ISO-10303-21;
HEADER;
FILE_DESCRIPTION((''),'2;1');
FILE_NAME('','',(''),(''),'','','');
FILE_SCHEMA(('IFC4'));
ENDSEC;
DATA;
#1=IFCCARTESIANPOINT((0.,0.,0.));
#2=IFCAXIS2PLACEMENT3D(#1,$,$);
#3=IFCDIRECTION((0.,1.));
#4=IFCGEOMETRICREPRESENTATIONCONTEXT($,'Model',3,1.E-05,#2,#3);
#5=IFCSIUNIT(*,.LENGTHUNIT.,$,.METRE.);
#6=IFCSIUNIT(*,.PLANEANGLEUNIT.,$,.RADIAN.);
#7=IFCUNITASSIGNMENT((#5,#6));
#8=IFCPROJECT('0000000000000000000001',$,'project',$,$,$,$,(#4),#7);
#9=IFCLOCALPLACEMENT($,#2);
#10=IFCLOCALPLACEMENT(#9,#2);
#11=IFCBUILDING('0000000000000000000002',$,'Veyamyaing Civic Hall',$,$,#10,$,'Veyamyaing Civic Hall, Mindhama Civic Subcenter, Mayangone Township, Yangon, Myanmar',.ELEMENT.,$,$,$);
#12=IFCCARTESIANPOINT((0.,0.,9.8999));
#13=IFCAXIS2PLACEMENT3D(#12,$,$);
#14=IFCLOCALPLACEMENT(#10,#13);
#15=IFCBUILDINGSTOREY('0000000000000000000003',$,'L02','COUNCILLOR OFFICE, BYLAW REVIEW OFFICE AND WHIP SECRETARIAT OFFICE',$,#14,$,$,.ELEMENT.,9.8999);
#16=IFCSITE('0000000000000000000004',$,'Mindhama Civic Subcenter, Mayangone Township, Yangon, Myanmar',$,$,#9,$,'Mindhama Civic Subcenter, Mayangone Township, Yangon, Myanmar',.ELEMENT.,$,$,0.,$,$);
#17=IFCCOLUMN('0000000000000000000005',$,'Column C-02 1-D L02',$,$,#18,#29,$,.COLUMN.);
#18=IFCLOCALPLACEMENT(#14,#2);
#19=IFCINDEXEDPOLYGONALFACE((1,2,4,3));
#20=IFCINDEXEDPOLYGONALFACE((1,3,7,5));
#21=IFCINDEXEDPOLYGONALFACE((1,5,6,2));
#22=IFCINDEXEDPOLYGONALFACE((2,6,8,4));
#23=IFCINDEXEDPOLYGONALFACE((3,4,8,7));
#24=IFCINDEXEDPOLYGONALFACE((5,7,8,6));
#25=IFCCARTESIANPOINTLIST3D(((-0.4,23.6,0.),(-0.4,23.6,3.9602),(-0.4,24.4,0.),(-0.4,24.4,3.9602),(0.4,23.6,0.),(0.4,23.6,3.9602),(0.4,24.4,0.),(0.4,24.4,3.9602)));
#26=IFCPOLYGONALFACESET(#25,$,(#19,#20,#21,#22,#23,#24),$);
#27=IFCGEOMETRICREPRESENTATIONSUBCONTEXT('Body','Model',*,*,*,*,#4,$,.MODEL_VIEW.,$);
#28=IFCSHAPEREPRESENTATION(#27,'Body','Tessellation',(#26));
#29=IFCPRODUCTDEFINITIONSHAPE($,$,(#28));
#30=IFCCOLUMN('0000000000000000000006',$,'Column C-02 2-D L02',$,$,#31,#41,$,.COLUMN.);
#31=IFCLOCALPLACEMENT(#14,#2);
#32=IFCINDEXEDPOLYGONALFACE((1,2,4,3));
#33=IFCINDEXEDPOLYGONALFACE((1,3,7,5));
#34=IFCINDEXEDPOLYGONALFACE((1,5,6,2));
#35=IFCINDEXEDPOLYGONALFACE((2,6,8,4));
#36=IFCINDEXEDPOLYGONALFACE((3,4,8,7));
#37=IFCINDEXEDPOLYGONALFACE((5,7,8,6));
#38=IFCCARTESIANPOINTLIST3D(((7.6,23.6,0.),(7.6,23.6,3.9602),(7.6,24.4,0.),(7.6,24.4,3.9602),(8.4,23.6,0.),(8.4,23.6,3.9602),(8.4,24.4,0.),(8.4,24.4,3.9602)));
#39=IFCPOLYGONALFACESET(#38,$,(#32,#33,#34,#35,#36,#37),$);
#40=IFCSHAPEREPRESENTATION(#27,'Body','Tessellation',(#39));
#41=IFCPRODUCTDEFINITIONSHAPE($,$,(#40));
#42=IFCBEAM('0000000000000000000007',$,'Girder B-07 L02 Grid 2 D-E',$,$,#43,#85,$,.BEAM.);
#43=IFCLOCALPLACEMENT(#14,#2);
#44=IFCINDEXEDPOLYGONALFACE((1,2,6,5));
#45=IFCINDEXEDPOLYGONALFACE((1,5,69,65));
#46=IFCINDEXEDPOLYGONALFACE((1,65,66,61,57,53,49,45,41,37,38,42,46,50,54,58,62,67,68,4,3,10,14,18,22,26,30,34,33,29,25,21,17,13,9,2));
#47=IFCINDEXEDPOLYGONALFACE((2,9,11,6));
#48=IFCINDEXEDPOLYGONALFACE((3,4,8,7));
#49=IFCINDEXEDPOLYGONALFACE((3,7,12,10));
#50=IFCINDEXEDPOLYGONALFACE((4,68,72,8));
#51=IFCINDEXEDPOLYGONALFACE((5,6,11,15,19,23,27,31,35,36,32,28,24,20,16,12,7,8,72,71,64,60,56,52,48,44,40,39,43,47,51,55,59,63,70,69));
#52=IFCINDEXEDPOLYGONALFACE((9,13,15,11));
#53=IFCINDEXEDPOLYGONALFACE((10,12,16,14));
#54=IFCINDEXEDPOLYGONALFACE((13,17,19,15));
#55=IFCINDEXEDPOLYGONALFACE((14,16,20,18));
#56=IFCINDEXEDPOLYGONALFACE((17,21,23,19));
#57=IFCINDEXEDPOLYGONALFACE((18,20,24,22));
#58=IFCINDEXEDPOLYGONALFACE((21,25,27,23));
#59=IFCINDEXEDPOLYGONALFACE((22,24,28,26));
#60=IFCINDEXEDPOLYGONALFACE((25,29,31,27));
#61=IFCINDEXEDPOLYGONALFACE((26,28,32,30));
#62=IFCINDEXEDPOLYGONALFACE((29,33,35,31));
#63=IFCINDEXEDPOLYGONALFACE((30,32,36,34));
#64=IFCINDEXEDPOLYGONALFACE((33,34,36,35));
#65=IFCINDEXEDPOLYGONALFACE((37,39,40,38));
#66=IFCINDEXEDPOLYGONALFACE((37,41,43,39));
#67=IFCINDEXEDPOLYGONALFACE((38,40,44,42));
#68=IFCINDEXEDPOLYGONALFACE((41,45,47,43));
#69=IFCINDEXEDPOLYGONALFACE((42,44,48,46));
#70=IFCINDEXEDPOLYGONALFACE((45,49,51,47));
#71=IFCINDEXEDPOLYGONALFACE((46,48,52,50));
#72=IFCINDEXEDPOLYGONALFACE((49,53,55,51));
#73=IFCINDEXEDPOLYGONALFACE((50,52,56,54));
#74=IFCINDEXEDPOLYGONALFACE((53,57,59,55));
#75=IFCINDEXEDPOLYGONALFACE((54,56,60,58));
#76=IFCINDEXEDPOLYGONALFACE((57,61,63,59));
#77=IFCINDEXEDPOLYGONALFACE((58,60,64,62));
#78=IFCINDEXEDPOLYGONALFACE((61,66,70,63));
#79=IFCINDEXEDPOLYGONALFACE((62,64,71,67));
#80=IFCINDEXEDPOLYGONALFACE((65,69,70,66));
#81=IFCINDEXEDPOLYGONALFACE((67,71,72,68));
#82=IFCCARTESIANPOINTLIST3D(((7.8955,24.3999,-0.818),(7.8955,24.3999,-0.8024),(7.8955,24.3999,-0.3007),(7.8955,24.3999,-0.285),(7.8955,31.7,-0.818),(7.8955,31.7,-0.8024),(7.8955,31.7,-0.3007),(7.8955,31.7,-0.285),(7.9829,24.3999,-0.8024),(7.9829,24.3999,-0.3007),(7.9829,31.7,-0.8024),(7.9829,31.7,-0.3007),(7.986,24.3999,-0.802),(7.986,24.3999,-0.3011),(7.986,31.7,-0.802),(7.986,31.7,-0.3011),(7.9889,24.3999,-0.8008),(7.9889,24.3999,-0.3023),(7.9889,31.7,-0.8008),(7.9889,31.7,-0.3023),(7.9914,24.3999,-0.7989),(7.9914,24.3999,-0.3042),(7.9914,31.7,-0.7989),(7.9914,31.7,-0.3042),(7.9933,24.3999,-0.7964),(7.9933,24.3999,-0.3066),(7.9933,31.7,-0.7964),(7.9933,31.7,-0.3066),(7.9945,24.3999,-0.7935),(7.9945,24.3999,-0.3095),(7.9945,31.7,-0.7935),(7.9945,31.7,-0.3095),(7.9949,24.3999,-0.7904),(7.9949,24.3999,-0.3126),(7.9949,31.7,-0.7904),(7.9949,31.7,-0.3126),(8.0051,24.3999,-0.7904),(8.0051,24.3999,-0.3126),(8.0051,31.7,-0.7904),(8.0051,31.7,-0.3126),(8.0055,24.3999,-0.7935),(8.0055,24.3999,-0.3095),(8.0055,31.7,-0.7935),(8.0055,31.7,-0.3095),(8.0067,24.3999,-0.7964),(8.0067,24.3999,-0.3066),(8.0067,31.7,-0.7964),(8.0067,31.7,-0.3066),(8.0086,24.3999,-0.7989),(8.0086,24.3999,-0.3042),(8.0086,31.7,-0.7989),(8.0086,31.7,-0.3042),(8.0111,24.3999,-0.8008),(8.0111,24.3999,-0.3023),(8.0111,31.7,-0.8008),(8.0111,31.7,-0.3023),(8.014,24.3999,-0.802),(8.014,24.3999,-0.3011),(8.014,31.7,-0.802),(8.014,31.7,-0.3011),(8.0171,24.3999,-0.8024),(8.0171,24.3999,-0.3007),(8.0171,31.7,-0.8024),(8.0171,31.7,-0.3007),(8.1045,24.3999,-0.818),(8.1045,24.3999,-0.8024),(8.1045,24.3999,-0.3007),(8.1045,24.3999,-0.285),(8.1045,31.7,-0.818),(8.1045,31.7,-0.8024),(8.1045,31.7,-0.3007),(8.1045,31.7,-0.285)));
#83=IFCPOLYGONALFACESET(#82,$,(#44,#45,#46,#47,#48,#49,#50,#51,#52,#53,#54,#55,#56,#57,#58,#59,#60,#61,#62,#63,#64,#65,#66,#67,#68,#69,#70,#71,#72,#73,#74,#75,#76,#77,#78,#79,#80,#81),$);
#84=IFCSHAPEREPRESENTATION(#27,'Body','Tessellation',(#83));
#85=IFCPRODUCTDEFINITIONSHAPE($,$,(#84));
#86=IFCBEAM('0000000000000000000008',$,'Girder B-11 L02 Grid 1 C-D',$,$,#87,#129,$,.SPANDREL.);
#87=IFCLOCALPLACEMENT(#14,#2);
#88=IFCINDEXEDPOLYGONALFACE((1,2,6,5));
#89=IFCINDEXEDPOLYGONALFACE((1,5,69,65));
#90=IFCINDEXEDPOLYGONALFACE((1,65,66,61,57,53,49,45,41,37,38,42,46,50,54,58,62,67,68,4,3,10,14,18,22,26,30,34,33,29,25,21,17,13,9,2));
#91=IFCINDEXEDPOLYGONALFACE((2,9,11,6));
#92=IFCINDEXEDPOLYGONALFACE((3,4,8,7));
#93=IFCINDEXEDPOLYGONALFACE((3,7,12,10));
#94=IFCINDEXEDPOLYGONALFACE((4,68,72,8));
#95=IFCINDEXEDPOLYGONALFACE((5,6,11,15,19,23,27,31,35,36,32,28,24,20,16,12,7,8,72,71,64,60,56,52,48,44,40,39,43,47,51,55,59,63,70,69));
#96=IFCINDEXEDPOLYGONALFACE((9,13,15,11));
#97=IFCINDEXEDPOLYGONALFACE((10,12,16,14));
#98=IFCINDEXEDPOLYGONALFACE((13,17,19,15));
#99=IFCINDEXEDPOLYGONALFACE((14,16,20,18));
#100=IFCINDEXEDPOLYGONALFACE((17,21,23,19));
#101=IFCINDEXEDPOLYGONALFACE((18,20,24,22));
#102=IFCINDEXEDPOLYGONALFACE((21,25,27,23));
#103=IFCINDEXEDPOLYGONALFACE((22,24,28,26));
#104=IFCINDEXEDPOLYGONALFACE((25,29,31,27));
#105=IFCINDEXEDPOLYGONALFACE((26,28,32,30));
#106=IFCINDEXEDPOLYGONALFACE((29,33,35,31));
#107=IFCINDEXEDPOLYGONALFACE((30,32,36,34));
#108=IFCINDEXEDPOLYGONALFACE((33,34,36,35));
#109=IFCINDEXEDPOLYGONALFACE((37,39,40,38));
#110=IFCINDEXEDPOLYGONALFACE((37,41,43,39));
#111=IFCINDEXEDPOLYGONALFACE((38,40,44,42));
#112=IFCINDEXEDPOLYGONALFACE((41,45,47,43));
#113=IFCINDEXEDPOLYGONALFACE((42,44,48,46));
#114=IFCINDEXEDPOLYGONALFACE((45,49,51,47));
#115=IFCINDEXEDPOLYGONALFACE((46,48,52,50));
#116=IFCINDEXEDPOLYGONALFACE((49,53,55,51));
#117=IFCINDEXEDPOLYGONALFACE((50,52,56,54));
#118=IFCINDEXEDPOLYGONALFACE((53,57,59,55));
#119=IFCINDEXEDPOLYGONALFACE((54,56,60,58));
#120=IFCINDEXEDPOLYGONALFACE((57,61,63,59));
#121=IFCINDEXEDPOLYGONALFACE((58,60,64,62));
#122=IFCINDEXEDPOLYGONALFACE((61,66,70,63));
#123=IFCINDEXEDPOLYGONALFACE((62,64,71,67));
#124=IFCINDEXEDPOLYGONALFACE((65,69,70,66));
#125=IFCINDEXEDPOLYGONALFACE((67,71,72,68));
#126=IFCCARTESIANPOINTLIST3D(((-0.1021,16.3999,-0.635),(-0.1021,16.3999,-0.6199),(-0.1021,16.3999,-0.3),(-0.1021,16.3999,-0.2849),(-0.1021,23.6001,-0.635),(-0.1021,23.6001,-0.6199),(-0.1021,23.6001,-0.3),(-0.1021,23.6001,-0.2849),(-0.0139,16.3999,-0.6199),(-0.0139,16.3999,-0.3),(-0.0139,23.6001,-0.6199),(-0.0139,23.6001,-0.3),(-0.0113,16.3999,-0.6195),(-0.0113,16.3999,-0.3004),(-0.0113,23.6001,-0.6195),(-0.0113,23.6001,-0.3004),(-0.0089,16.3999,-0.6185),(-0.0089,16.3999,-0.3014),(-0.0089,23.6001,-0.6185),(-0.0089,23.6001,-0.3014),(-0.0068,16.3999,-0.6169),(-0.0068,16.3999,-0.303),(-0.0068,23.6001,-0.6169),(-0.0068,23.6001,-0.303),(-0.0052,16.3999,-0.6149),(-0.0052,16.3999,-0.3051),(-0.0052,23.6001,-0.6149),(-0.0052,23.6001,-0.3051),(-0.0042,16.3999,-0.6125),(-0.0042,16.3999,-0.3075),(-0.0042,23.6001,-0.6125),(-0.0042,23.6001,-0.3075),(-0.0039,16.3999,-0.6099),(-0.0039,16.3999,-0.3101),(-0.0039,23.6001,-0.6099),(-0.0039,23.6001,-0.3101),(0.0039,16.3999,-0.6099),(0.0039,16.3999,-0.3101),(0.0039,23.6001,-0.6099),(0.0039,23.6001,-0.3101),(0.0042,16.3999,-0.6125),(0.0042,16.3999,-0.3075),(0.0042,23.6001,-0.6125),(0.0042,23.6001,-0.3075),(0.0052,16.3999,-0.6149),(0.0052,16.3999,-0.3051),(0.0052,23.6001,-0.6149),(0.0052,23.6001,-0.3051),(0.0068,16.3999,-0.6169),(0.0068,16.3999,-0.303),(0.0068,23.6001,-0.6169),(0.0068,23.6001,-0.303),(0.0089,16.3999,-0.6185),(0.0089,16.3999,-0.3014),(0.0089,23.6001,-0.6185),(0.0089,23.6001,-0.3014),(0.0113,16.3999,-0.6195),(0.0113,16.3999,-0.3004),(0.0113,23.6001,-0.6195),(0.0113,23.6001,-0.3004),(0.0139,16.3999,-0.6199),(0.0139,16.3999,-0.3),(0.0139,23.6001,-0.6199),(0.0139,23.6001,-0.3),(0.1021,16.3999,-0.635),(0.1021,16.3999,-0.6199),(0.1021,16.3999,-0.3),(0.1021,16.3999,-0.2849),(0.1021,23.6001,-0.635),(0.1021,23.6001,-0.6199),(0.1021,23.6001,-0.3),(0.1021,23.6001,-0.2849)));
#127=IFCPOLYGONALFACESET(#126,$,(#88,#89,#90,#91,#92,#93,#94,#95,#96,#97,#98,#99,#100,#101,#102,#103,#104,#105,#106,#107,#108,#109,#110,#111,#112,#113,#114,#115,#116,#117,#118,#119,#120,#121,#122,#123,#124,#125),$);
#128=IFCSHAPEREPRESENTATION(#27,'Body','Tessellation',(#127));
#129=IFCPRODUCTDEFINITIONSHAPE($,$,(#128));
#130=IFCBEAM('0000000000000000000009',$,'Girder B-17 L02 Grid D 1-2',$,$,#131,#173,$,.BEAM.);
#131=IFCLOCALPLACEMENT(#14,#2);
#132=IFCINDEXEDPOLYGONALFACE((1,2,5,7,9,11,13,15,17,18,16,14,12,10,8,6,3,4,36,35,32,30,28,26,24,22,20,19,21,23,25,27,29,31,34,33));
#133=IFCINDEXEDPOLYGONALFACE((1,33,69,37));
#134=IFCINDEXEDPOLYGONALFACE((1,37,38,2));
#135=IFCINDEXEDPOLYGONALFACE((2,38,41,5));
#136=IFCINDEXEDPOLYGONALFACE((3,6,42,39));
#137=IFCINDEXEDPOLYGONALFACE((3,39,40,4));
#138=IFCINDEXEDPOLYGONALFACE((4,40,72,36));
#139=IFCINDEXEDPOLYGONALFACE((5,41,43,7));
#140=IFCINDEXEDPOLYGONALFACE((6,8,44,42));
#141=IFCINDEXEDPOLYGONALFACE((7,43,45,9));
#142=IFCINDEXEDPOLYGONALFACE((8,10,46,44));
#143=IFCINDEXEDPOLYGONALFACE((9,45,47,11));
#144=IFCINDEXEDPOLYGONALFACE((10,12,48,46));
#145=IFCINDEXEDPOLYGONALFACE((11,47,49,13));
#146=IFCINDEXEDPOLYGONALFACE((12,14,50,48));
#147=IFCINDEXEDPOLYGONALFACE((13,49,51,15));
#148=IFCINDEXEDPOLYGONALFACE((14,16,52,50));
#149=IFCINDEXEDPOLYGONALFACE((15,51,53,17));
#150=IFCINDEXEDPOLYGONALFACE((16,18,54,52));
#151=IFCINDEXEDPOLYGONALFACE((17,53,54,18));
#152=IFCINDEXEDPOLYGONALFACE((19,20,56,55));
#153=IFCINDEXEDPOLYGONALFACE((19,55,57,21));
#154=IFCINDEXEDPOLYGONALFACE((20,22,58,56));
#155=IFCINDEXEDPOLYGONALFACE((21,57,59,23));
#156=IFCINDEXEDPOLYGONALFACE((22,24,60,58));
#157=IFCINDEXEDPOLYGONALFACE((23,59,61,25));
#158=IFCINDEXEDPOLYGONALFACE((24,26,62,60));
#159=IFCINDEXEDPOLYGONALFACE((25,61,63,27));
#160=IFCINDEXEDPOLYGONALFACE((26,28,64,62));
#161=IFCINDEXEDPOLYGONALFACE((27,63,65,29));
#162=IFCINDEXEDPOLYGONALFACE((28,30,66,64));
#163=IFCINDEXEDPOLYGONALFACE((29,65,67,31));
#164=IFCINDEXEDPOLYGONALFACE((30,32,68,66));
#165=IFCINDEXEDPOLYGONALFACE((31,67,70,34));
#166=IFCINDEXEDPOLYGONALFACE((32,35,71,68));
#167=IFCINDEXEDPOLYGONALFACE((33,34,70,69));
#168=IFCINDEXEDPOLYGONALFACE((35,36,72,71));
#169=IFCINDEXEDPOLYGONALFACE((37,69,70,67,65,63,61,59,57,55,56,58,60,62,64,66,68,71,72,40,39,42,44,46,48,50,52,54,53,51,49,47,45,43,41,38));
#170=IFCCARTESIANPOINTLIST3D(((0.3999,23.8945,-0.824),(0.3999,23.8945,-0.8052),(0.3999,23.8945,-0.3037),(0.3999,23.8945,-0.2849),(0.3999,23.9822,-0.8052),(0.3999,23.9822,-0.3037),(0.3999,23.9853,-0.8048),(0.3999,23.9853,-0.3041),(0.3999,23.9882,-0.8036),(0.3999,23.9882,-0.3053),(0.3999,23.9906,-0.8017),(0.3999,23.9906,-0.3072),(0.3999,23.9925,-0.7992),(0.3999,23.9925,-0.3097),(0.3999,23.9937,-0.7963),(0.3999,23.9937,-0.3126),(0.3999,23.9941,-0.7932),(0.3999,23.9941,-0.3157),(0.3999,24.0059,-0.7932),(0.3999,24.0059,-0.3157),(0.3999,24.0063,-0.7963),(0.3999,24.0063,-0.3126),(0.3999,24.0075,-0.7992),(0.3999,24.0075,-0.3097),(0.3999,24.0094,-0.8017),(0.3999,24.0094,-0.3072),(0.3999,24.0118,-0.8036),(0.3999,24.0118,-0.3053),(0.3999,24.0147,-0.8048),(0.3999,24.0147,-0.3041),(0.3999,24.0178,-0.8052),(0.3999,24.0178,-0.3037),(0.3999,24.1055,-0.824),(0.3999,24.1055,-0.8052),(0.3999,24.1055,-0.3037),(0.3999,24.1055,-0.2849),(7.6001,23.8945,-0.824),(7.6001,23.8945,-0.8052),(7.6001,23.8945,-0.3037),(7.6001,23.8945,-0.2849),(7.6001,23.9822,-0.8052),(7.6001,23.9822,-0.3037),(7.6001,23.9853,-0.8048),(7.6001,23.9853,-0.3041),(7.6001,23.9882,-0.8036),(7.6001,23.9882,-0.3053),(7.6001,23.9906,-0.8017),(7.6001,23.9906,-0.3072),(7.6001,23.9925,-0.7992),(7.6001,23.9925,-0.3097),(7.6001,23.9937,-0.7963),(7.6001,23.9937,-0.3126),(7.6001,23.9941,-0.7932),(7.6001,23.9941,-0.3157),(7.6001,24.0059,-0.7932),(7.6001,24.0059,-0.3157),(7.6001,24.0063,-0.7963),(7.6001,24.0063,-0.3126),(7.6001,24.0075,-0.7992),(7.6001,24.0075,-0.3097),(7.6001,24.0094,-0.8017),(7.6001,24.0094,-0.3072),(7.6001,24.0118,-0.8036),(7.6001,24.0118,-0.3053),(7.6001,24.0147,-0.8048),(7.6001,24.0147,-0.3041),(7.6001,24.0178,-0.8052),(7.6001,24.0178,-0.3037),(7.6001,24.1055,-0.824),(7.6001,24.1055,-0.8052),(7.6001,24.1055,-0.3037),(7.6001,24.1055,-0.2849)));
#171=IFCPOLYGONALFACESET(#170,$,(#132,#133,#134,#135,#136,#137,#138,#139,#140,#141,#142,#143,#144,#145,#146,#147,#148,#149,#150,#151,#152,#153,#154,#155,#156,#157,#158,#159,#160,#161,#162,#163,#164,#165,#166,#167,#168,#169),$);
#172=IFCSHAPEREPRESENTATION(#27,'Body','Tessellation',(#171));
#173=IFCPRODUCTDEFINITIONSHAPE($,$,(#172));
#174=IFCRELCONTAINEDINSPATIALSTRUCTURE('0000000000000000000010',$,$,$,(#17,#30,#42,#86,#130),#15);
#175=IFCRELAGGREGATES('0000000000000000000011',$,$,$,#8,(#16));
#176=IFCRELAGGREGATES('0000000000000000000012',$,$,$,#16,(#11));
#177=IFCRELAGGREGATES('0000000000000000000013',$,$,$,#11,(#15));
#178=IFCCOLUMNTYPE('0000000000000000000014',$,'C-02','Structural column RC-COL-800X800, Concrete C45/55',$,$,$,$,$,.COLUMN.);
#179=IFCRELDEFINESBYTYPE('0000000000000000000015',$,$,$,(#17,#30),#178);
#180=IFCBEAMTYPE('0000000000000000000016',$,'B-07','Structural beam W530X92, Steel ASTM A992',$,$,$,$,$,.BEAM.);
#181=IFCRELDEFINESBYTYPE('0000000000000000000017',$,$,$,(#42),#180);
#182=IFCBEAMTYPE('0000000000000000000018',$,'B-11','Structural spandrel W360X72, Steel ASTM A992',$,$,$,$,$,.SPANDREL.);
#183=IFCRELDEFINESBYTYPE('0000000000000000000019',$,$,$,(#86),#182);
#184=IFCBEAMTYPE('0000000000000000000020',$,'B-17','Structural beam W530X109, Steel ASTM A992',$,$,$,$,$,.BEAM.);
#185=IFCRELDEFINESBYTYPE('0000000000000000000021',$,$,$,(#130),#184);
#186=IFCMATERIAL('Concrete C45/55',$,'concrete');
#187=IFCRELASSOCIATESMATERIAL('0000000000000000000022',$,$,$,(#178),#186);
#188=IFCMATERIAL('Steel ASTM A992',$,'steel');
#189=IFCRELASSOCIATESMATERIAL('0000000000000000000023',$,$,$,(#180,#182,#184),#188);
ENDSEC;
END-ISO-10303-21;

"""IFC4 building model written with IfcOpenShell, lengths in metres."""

from ifc_helpers import new_model, si_unit, direction, frame, origin, origin_2d, place, context, subcontext, project, spatial, rectangle, i_section, extrude, material, material_profile, profile_set, type_object, element, save


model = new_model("IFC4")

# Units and contexts
model_context = context("Model", 3, precision=1e-05, world=origin(), true_north=direction((0.0, 1.0)))
body_context = subcontext(model_context, "Body", "Model", "MODEL_VIEW")
ifc_project = project(units=[si_unit("LENGTHUNIT", "METRE"), si_unit("PLANEANGLEUNIT", "RADIAN")], contexts=[model_context])

# Site, building, storey
site_placement = place(None, origin())
site = spatial("IfcSite", under=ifc_project, at=site_placement, Name="Mindhama Civic Subcenter, Mayangone Township, Yangon, Myanmar", LongName="Mindhama Civic Subcenter, Mayangone Township, Yangon, Myanmar", CompositionType="ELEMENT", RefElevation=0.0)
building_placement = place(site_placement, origin())
building = spatial("IfcBuilding", under=site, at=building_placement, Name="Veyamyaing Civic Hall", LongName="Veyamyaing Civic Hall, Mindhama Civic Subcenter, Mayangone Township, Yangon, Myanmar", CompositionType="ELEMENT")
storey_placement = place(building_placement, frame((0.0, 0.0, 9.8999)))
storey = spatial("IfcBuildingStorey", under=building, at=storey_placement, Name="L02", Description="COUNCILLOR OFFICE, BYLAW REVIEW OFFICE AND WHIP SECRETARIAT OFFICE", CompositionType="ELEMENT", Elevation=9.8999)

# Columns
ifc_material_1 = material(Name="Concrete C45/55", Category="concrete")
ifc_material_profile_1 = material_profile(ifc_material_1, rectangle(XDim=0.8, YDim=0.8, at=origin_2d()), Name="RC-COL-800X800")
ifc_profile_set_1 = profile_set([ifc_material_profile_1], Name="Concrete C45/55")
column_type = type_object("IfcColumnType", Name="C-02", Description="Structural column RC-COL-800X800, Concrete C45/55", PredefinedType="COLUMN", material=ifc_profile_set_1)
for number, where, z_axis, x_axis, name in (
    (1, (0.0, 24.0, 0.0), (0.0, 0.0, 1.0), (1.0, 0.0, 0.0), "Column C-02 1-D L02"),
    (2, (8.0, 24.0, 0.0), (0.0, 0.0, 1.0), (1.0, 0.0, 0.0), "Column C-02 2-D L02"),
):
    element("IfcColumn", number, at=place(storey_placement, frame(where, z_axis=z_axis, x_axis=x_axis)), inside=storey, type_object=column_type, Name=name, PredefinedType="COLUMN", context=body_context, shape_type="SweptSolid", body=[
        extrude(rectangle(XDim=0.8, YDim=0.8, at=origin_2d()), origin(), (0.0, 0.0, 1.0), 3.9602),
    ])

# Beams
ifc_material_2 = material(Name="Steel ASTM A992", Category="steel")
ifc_material_profile_2 = material_profile(ifc_material_2, i_section(OverallWidth=0.209, OverallDepth=0.533, WebThickness=0.0103, FlangeThickness=0.0156, FilletRadius=0.012, at=origin_2d()), Name="W530X92")
ifc_profile_set_2 = profile_set([ifc_material_profile_2], Name="Steel ASTM A992")
beam_type_1 = type_object("IfcBeamType", Name="B-07", Description="Structural beam W530X92, Steel ASTM A992", PredefinedType="BEAM", material=ifc_profile_set_2)
beam_1_placement = place(storey_placement, frame((8.0, 24.3999, -0.5515), z_axis=(0.0, 1.0, 0.0), x_axis=(-1.0, 0.0, 0.0)))
element("IfcBeam", 3, at=beam_1_placement, inside=storey, type_object=beam_type_1, Name="Girder B-07 L02 Grid 2 D-E", PredefinedType="BEAM", context=body_context, shape_type="SweptSolid", body=[
    extrude(i_section(OverallWidth=0.209, OverallDepth=0.533, WebThickness=0.0103, FlangeThickness=0.0156, FilletRadius=0.012, at=origin_2d()), origin(), (0.0, 0.0, 1.0), 7.3),
])
ifc_material_profile_3 = material_profile(ifc_material_2, i_section(OverallWidth=0.2041, OverallDepth=0.3501, WebThickness=0.0078, FlangeThickness=0.0151, FilletRadius=0.01, at=origin_2d()), Name="W360X72")
ifc_profile_set_3 = profile_set([ifc_material_profile_3], Name="Steel ASTM A992")
beam_type_2 = type_object("IfcBeamType", Name="B-11", Description="Structural spandrel W360X72, Steel ASTM A992", PredefinedType="SPANDREL", material=ifc_profile_set_3)
beam_2_placement = place(storey_placement, frame((0.0, 16.3999, -0.46), z_axis=(0.0, 1.0, 0.0), x_axis=(-1.0, 0.0, 0.0)))
element("IfcBeam", 4, at=beam_2_placement, inside=storey, type_object=beam_type_2, Name="Girder B-11 L02 Grid 1 C-D", PredefinedType="SPANDREL", context=body_context, shape_type="SweptSolid", body=[
    extrude(i_section(OverallWidth=0.2041, OverallDepth=0.3501, WebThickness=0.0078, FlangeThickness=0.0151, FilletRadius=0.01, at=origin_2d()), origin(), (0.0, 0.0, 1.0), 7.2002),
])
ifc_material_profile_4 = material_profile(ifc_material_2, i_section(OverallWidth=0.2109, OverallDepth=0.5391, WebThickness=0.0117, FlangeThickness=0.0188, FilletRadius=0.012, at=origin_2d()), Name="W530X109")
ifc_profile_set_4 = profile_set([ifc_material_profile_4], Name="Steel ASTM A992")
beam_type_3 = type_object("IfcBeamType", Name="B-17", Description="Structural beam W530X109, Steel ASTM A992", PredefinedType="BEAM", material=ifc_profile_set_4)
beam_3_placement = place(storey_placement, frame((0.3999, 24.0, -0.5544), z_axis=(1.0, 0.0, 0.0), x_axis=(0.0, 1.0, 0.0)))
element("IfcBeam", 5, at=beam_3_placement, inside=storey, type_object=beam_type_3, Name="Girder B-17 L02 Grid D 1-2", PredefinedType="BEAM", context=body_context, shape_type="SweptSolid", body=[
    extrude(i_section(OverallWidth=0.2109, OverallDepth=0.5391, WebThickness=0.0117, FlangeThickness=0.0188, FilletRadius=0.012, at=origin_2d()), origin(), (0.0, 0.0, 1.0), 7.2002),
])

save(model, "model.ifc")
